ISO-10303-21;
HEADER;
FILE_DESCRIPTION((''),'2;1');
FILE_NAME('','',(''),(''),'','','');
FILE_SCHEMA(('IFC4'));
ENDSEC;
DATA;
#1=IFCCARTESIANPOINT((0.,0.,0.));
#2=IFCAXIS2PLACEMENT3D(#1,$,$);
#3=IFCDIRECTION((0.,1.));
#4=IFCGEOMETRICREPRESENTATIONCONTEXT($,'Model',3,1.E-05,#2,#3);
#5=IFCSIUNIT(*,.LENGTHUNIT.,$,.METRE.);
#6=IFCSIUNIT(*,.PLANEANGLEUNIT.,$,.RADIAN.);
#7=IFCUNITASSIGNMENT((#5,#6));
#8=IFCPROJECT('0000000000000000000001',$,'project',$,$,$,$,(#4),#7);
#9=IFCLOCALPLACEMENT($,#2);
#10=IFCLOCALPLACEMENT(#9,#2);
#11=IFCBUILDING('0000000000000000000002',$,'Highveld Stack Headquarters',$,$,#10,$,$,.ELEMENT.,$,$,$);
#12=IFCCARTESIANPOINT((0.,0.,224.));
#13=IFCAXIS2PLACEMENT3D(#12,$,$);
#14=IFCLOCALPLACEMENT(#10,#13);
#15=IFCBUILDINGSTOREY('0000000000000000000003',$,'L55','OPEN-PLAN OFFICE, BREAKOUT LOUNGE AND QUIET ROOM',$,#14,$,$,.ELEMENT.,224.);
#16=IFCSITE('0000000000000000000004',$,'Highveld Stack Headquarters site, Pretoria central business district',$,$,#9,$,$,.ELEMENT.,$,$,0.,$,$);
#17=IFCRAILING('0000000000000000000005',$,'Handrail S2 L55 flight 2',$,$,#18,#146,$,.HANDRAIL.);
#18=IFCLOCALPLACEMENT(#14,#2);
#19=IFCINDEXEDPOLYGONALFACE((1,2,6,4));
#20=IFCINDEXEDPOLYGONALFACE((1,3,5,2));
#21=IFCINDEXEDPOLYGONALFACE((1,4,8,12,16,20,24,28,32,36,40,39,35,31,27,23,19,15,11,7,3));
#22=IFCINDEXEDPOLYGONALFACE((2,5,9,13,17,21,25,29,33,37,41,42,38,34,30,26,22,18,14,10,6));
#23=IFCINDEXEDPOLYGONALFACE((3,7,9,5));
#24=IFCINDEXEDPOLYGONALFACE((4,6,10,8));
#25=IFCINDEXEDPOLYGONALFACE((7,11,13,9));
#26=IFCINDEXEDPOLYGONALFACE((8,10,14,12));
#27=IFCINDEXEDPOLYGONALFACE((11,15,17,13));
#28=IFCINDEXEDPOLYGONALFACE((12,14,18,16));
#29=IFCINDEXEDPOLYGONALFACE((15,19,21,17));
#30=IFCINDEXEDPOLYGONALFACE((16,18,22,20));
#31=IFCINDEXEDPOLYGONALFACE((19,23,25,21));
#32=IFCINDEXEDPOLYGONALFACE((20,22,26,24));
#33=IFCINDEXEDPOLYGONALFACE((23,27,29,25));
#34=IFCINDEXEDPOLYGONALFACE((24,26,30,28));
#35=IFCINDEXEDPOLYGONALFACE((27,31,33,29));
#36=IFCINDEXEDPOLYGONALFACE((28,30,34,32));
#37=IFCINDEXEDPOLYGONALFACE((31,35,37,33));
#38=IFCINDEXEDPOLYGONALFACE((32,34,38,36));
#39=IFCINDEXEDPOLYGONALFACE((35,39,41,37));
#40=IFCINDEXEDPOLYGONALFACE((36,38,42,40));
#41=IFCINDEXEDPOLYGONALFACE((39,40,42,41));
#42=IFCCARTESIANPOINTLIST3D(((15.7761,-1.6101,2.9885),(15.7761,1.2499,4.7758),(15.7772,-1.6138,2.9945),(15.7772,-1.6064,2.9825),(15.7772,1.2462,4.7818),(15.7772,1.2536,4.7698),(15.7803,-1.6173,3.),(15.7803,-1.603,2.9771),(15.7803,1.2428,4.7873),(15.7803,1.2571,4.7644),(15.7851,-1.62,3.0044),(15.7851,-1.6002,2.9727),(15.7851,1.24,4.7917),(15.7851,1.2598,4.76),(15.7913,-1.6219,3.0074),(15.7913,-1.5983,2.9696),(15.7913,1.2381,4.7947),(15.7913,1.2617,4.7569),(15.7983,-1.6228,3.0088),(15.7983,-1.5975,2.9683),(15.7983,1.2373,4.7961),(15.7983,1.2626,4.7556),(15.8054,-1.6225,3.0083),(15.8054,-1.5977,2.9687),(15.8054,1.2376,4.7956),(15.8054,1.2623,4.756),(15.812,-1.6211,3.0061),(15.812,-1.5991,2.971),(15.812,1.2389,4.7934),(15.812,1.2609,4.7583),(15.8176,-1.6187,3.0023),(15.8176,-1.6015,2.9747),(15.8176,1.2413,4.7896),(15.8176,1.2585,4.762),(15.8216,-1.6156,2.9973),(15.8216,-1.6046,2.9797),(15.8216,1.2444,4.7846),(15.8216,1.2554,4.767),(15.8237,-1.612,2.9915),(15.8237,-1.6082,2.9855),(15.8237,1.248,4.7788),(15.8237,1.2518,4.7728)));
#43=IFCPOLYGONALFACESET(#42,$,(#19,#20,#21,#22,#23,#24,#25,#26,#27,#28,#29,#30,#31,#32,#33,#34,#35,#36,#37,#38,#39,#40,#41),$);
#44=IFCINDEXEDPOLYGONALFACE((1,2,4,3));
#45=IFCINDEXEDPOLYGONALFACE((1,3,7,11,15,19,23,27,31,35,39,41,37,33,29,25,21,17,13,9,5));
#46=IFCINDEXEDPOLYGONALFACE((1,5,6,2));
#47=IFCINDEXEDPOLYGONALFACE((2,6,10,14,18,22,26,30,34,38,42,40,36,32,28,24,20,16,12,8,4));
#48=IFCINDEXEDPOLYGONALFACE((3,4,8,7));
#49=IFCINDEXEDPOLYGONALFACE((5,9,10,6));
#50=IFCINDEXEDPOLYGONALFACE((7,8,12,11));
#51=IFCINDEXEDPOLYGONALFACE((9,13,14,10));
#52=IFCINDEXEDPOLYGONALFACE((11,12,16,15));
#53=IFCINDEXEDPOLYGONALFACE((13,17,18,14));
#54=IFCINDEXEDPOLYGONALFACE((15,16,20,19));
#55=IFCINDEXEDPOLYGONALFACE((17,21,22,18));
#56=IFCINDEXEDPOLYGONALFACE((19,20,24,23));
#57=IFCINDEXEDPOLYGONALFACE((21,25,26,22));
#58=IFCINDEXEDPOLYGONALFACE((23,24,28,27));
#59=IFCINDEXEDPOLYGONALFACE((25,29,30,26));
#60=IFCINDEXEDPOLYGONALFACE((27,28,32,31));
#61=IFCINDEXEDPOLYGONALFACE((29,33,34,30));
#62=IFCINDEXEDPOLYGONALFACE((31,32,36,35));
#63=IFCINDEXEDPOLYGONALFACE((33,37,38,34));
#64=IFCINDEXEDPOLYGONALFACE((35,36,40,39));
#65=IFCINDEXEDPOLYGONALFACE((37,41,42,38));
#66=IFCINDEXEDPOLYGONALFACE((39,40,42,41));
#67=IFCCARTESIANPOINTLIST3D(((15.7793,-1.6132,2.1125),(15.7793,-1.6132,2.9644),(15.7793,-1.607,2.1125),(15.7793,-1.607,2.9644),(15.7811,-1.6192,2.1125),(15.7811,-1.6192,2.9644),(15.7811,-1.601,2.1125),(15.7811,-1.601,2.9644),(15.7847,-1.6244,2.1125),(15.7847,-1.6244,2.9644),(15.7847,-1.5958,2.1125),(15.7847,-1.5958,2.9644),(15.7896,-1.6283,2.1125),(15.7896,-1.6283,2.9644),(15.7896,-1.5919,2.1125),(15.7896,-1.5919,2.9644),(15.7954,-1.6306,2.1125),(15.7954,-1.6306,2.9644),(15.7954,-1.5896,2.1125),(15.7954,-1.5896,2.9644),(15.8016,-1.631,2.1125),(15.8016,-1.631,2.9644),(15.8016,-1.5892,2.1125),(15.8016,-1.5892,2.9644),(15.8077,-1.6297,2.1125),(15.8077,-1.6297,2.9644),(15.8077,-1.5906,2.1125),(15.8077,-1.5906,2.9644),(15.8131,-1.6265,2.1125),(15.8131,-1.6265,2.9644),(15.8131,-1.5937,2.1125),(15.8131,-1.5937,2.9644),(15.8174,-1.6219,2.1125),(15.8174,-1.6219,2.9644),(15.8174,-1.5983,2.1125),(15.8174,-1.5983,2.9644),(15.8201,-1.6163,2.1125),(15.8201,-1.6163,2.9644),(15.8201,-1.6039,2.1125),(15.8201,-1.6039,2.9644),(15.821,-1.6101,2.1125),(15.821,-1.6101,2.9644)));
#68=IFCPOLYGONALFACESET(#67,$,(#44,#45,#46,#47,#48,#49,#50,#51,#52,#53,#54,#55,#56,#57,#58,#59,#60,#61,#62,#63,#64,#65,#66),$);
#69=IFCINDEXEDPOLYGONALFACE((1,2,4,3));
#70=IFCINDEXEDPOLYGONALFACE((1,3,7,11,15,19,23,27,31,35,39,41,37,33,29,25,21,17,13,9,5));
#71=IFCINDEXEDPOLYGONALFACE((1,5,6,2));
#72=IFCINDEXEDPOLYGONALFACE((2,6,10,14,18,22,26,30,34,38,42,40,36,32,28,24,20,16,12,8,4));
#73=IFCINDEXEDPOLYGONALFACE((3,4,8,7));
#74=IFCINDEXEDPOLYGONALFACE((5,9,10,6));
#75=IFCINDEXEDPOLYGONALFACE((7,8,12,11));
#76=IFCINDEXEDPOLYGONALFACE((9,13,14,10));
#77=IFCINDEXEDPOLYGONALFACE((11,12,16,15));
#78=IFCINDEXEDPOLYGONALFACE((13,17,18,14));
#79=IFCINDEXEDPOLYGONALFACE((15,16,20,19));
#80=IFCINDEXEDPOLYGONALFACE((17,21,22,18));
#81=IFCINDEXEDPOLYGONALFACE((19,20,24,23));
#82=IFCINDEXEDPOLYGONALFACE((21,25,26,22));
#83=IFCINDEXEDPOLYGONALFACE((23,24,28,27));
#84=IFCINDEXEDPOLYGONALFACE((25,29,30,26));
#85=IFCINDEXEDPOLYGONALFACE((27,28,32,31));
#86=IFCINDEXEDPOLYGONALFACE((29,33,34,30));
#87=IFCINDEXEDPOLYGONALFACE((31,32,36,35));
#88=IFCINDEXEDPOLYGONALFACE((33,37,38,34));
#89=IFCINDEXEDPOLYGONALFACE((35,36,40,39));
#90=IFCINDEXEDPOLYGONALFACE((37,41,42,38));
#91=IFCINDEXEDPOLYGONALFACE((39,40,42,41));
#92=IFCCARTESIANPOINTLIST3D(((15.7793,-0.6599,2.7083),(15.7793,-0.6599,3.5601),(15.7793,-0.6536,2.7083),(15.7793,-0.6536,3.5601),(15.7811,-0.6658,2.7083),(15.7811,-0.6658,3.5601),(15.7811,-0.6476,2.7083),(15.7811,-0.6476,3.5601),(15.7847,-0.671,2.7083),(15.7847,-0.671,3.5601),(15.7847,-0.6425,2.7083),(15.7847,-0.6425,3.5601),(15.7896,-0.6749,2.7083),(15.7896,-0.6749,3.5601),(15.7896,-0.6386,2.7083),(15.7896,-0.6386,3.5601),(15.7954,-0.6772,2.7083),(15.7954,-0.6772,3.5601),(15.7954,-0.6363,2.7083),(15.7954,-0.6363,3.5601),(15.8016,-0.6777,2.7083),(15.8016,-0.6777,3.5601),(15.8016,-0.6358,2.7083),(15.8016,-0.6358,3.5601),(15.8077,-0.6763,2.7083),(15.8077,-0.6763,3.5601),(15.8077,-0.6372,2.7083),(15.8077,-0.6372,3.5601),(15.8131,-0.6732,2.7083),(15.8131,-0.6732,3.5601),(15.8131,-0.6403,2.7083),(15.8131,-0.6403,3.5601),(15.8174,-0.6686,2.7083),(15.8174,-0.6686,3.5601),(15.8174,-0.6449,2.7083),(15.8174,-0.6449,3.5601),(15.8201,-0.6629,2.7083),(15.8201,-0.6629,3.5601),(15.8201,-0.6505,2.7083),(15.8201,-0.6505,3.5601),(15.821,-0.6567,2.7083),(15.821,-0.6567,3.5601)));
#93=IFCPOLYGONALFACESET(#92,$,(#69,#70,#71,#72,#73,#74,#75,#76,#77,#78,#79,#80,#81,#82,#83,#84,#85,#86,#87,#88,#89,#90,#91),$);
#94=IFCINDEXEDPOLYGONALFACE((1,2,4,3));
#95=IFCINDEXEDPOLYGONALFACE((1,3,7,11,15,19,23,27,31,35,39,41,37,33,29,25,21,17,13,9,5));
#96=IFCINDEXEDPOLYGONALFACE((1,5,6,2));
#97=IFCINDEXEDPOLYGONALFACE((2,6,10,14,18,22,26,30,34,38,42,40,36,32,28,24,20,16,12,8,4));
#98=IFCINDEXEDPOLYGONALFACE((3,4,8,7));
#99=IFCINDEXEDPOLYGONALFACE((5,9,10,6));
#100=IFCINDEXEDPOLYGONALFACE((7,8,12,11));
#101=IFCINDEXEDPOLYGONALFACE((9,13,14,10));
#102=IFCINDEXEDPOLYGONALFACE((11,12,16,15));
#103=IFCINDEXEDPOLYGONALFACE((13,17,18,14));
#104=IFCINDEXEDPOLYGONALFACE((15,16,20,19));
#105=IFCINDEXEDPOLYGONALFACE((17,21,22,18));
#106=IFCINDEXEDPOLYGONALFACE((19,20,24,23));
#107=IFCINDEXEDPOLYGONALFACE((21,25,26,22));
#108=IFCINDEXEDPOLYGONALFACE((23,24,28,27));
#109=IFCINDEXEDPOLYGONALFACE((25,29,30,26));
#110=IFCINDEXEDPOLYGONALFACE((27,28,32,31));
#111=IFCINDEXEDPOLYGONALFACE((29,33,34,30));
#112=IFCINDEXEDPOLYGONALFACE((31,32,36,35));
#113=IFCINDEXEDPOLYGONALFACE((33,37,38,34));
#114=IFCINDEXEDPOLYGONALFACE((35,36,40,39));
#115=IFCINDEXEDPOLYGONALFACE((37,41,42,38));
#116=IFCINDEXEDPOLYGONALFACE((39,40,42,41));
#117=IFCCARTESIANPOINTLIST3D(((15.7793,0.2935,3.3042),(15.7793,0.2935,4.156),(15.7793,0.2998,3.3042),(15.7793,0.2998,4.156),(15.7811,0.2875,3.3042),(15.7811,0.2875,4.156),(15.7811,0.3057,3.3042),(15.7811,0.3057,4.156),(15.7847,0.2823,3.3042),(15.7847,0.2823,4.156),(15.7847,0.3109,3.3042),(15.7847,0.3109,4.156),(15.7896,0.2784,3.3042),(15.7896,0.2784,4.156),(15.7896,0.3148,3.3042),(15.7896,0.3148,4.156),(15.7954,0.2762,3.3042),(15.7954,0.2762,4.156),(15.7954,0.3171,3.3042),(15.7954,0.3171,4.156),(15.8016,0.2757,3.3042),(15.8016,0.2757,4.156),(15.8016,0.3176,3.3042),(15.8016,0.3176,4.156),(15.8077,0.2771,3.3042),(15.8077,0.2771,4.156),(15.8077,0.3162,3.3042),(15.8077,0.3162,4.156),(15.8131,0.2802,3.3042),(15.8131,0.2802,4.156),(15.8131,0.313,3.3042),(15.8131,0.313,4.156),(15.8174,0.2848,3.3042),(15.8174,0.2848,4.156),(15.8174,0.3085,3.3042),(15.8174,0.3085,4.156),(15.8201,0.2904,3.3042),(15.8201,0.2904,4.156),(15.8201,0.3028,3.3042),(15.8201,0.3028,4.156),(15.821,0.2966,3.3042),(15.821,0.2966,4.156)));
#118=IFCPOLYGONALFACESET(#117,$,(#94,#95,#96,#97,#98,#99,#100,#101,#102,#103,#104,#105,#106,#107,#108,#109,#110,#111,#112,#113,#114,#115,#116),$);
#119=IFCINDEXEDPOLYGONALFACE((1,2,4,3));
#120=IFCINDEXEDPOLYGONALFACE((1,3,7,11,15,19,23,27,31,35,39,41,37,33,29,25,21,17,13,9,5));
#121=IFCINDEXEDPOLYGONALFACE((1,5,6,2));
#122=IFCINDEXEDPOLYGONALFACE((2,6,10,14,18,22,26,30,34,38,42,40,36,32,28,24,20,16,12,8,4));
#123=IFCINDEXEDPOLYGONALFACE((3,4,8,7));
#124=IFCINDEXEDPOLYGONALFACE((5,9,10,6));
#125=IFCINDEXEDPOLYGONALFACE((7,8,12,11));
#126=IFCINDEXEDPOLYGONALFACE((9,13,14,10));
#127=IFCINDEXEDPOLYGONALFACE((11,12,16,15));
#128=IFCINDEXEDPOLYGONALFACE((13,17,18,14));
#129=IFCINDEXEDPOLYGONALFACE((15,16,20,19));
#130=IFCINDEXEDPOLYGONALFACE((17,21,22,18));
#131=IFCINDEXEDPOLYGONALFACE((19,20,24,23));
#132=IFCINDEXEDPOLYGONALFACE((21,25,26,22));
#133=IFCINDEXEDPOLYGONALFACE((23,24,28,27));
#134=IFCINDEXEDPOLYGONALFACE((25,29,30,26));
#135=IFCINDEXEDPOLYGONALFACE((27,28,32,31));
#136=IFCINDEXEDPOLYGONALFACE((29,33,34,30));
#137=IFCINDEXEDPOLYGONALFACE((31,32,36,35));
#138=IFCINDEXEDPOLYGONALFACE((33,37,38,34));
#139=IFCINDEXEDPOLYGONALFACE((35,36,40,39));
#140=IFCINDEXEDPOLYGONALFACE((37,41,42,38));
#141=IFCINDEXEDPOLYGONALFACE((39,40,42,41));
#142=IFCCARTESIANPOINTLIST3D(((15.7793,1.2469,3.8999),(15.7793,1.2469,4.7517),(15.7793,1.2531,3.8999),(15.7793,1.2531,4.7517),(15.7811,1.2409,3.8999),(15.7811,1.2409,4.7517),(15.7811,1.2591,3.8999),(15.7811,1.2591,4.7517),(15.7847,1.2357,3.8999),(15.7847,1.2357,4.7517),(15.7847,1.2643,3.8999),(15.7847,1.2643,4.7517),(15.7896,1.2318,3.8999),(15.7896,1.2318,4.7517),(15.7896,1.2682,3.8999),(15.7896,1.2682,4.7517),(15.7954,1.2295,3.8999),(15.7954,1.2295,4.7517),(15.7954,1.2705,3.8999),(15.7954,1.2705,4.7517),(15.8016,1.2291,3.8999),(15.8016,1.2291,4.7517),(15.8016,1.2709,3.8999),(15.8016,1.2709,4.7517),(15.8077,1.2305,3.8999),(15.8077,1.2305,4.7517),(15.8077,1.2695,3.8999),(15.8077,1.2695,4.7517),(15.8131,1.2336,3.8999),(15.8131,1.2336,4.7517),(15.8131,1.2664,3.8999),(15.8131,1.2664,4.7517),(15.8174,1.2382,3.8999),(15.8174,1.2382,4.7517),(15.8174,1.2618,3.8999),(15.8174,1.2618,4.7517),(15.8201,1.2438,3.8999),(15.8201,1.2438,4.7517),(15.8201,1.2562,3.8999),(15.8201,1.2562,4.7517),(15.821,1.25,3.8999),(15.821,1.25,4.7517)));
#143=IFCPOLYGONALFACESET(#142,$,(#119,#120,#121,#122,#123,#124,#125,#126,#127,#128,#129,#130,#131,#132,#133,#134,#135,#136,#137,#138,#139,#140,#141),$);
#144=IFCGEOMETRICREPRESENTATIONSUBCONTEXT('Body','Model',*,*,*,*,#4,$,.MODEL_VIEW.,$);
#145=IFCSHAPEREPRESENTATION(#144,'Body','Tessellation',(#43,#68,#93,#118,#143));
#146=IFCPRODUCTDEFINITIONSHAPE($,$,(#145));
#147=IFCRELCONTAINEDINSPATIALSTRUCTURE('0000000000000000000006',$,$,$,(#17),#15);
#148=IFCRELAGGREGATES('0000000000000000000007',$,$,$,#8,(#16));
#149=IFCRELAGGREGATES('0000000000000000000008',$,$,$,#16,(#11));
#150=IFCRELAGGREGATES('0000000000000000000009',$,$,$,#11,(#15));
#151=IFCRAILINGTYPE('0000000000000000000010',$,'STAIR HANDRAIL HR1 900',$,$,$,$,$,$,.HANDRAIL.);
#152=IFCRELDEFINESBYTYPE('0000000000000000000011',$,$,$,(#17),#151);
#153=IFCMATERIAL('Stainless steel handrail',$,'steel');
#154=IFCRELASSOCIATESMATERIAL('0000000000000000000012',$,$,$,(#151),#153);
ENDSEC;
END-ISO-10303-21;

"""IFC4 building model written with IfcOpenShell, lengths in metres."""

from ifc_helpers import new_model, si_unit, direction, frame, origin, origin_2d, place, context, subcontext, project, spatial, circle, extrude, material, type_object, element, save


model = new_model("IFC4")

# Units and contexts
model_context = context("Model", 3, precision=1e-05, world=origin(), true_north=direction((0.0, 1.0)))
body_context = subcontext(model_context, "Body", "Model", "MODEL_VIEW")
ifc_project = project(units=[si_unit("LENGTHUNIT", "METRE"), si_unit("PLANEANGLEUNIT", "RADIAN")], contexts=[model_context])

# Site, building, storey
site_placement = place(None, origin())
site = spatial("IfcSite", under=ifc_project, at=site_placement, Name="Highveld Stack Headquarters site, Pretoria central business district", CompositionType="ELEMENT", RefElevation=0.0)
building_placement = place(site_placement, origin())
building = spatial("IfcBuilding", under=site, at=building_placement, Name="Highveld Stack Headquarters", CompositionType="ELEMENT")
storey_placement = place(building_placement, frame((0.0, 0.0, 224.0)))
storey = spatial("IfcBuildingStorey", under=building, at=storey_placement, Name="L55", Description="OPEN-PLAN OFFICE, BREAKOUT LOUNGE AND QUIET ROOM", CompositionType="ELEMENT", Elevation=224.0)

# Railing
ifc_material_1 = material(Name="Stainless steel handrail", Category="steel")
railing_type = type_object("IfcRailingType", Name="STAIR HANDRAIL HR1 900", PredefinedType="HANDRAIL", material=ifc_material_1)
railing_placement = place(storey_placement, frame((15.8, -1.6101, 2.1125)))
element("IfcRailing", 1, at=railing_placement, inside=storey, type_object=railing_type, Name="Handrail S2 L55 flight 2", PredefinedType="HANDRAIL", context=body_context, shape_type="SweptSolid", body=[
    extrude(circle(Radius=0.0239, at=origin_2d()), frame((0.0, 0.0, 0.876), z_axis=(0.0, 0.848027, 0.529953), x_axis=(-1.0, 0.0, 0.0)), (0.0, 0.0, 1.0), 3.3726),
    extrude(circle(Radius=0.021, at=origin_2d()), origin(), (0.0, 0.0, 1.0), 0.8518),
    extrude(circle(Radius=0.021, at=origin_2d()), frame((0.0, 0.9534, 0.5957)), (0.0, 0.0, 1.0), 0.8518),
    extrude(circle(Radius=0.021, at=origin_2d()), frame((0.0, 1.9067, 1.1917)), (0.0, 0.0, 1.0), 0.8518),
    extrude(circle(Radius=0.021, at=origin_2d()), frame((0.0, 2.8601, 1.7874)), (0.0, 0.0, 1.0), 0.8518),
])

save(model, "model.ifc")
